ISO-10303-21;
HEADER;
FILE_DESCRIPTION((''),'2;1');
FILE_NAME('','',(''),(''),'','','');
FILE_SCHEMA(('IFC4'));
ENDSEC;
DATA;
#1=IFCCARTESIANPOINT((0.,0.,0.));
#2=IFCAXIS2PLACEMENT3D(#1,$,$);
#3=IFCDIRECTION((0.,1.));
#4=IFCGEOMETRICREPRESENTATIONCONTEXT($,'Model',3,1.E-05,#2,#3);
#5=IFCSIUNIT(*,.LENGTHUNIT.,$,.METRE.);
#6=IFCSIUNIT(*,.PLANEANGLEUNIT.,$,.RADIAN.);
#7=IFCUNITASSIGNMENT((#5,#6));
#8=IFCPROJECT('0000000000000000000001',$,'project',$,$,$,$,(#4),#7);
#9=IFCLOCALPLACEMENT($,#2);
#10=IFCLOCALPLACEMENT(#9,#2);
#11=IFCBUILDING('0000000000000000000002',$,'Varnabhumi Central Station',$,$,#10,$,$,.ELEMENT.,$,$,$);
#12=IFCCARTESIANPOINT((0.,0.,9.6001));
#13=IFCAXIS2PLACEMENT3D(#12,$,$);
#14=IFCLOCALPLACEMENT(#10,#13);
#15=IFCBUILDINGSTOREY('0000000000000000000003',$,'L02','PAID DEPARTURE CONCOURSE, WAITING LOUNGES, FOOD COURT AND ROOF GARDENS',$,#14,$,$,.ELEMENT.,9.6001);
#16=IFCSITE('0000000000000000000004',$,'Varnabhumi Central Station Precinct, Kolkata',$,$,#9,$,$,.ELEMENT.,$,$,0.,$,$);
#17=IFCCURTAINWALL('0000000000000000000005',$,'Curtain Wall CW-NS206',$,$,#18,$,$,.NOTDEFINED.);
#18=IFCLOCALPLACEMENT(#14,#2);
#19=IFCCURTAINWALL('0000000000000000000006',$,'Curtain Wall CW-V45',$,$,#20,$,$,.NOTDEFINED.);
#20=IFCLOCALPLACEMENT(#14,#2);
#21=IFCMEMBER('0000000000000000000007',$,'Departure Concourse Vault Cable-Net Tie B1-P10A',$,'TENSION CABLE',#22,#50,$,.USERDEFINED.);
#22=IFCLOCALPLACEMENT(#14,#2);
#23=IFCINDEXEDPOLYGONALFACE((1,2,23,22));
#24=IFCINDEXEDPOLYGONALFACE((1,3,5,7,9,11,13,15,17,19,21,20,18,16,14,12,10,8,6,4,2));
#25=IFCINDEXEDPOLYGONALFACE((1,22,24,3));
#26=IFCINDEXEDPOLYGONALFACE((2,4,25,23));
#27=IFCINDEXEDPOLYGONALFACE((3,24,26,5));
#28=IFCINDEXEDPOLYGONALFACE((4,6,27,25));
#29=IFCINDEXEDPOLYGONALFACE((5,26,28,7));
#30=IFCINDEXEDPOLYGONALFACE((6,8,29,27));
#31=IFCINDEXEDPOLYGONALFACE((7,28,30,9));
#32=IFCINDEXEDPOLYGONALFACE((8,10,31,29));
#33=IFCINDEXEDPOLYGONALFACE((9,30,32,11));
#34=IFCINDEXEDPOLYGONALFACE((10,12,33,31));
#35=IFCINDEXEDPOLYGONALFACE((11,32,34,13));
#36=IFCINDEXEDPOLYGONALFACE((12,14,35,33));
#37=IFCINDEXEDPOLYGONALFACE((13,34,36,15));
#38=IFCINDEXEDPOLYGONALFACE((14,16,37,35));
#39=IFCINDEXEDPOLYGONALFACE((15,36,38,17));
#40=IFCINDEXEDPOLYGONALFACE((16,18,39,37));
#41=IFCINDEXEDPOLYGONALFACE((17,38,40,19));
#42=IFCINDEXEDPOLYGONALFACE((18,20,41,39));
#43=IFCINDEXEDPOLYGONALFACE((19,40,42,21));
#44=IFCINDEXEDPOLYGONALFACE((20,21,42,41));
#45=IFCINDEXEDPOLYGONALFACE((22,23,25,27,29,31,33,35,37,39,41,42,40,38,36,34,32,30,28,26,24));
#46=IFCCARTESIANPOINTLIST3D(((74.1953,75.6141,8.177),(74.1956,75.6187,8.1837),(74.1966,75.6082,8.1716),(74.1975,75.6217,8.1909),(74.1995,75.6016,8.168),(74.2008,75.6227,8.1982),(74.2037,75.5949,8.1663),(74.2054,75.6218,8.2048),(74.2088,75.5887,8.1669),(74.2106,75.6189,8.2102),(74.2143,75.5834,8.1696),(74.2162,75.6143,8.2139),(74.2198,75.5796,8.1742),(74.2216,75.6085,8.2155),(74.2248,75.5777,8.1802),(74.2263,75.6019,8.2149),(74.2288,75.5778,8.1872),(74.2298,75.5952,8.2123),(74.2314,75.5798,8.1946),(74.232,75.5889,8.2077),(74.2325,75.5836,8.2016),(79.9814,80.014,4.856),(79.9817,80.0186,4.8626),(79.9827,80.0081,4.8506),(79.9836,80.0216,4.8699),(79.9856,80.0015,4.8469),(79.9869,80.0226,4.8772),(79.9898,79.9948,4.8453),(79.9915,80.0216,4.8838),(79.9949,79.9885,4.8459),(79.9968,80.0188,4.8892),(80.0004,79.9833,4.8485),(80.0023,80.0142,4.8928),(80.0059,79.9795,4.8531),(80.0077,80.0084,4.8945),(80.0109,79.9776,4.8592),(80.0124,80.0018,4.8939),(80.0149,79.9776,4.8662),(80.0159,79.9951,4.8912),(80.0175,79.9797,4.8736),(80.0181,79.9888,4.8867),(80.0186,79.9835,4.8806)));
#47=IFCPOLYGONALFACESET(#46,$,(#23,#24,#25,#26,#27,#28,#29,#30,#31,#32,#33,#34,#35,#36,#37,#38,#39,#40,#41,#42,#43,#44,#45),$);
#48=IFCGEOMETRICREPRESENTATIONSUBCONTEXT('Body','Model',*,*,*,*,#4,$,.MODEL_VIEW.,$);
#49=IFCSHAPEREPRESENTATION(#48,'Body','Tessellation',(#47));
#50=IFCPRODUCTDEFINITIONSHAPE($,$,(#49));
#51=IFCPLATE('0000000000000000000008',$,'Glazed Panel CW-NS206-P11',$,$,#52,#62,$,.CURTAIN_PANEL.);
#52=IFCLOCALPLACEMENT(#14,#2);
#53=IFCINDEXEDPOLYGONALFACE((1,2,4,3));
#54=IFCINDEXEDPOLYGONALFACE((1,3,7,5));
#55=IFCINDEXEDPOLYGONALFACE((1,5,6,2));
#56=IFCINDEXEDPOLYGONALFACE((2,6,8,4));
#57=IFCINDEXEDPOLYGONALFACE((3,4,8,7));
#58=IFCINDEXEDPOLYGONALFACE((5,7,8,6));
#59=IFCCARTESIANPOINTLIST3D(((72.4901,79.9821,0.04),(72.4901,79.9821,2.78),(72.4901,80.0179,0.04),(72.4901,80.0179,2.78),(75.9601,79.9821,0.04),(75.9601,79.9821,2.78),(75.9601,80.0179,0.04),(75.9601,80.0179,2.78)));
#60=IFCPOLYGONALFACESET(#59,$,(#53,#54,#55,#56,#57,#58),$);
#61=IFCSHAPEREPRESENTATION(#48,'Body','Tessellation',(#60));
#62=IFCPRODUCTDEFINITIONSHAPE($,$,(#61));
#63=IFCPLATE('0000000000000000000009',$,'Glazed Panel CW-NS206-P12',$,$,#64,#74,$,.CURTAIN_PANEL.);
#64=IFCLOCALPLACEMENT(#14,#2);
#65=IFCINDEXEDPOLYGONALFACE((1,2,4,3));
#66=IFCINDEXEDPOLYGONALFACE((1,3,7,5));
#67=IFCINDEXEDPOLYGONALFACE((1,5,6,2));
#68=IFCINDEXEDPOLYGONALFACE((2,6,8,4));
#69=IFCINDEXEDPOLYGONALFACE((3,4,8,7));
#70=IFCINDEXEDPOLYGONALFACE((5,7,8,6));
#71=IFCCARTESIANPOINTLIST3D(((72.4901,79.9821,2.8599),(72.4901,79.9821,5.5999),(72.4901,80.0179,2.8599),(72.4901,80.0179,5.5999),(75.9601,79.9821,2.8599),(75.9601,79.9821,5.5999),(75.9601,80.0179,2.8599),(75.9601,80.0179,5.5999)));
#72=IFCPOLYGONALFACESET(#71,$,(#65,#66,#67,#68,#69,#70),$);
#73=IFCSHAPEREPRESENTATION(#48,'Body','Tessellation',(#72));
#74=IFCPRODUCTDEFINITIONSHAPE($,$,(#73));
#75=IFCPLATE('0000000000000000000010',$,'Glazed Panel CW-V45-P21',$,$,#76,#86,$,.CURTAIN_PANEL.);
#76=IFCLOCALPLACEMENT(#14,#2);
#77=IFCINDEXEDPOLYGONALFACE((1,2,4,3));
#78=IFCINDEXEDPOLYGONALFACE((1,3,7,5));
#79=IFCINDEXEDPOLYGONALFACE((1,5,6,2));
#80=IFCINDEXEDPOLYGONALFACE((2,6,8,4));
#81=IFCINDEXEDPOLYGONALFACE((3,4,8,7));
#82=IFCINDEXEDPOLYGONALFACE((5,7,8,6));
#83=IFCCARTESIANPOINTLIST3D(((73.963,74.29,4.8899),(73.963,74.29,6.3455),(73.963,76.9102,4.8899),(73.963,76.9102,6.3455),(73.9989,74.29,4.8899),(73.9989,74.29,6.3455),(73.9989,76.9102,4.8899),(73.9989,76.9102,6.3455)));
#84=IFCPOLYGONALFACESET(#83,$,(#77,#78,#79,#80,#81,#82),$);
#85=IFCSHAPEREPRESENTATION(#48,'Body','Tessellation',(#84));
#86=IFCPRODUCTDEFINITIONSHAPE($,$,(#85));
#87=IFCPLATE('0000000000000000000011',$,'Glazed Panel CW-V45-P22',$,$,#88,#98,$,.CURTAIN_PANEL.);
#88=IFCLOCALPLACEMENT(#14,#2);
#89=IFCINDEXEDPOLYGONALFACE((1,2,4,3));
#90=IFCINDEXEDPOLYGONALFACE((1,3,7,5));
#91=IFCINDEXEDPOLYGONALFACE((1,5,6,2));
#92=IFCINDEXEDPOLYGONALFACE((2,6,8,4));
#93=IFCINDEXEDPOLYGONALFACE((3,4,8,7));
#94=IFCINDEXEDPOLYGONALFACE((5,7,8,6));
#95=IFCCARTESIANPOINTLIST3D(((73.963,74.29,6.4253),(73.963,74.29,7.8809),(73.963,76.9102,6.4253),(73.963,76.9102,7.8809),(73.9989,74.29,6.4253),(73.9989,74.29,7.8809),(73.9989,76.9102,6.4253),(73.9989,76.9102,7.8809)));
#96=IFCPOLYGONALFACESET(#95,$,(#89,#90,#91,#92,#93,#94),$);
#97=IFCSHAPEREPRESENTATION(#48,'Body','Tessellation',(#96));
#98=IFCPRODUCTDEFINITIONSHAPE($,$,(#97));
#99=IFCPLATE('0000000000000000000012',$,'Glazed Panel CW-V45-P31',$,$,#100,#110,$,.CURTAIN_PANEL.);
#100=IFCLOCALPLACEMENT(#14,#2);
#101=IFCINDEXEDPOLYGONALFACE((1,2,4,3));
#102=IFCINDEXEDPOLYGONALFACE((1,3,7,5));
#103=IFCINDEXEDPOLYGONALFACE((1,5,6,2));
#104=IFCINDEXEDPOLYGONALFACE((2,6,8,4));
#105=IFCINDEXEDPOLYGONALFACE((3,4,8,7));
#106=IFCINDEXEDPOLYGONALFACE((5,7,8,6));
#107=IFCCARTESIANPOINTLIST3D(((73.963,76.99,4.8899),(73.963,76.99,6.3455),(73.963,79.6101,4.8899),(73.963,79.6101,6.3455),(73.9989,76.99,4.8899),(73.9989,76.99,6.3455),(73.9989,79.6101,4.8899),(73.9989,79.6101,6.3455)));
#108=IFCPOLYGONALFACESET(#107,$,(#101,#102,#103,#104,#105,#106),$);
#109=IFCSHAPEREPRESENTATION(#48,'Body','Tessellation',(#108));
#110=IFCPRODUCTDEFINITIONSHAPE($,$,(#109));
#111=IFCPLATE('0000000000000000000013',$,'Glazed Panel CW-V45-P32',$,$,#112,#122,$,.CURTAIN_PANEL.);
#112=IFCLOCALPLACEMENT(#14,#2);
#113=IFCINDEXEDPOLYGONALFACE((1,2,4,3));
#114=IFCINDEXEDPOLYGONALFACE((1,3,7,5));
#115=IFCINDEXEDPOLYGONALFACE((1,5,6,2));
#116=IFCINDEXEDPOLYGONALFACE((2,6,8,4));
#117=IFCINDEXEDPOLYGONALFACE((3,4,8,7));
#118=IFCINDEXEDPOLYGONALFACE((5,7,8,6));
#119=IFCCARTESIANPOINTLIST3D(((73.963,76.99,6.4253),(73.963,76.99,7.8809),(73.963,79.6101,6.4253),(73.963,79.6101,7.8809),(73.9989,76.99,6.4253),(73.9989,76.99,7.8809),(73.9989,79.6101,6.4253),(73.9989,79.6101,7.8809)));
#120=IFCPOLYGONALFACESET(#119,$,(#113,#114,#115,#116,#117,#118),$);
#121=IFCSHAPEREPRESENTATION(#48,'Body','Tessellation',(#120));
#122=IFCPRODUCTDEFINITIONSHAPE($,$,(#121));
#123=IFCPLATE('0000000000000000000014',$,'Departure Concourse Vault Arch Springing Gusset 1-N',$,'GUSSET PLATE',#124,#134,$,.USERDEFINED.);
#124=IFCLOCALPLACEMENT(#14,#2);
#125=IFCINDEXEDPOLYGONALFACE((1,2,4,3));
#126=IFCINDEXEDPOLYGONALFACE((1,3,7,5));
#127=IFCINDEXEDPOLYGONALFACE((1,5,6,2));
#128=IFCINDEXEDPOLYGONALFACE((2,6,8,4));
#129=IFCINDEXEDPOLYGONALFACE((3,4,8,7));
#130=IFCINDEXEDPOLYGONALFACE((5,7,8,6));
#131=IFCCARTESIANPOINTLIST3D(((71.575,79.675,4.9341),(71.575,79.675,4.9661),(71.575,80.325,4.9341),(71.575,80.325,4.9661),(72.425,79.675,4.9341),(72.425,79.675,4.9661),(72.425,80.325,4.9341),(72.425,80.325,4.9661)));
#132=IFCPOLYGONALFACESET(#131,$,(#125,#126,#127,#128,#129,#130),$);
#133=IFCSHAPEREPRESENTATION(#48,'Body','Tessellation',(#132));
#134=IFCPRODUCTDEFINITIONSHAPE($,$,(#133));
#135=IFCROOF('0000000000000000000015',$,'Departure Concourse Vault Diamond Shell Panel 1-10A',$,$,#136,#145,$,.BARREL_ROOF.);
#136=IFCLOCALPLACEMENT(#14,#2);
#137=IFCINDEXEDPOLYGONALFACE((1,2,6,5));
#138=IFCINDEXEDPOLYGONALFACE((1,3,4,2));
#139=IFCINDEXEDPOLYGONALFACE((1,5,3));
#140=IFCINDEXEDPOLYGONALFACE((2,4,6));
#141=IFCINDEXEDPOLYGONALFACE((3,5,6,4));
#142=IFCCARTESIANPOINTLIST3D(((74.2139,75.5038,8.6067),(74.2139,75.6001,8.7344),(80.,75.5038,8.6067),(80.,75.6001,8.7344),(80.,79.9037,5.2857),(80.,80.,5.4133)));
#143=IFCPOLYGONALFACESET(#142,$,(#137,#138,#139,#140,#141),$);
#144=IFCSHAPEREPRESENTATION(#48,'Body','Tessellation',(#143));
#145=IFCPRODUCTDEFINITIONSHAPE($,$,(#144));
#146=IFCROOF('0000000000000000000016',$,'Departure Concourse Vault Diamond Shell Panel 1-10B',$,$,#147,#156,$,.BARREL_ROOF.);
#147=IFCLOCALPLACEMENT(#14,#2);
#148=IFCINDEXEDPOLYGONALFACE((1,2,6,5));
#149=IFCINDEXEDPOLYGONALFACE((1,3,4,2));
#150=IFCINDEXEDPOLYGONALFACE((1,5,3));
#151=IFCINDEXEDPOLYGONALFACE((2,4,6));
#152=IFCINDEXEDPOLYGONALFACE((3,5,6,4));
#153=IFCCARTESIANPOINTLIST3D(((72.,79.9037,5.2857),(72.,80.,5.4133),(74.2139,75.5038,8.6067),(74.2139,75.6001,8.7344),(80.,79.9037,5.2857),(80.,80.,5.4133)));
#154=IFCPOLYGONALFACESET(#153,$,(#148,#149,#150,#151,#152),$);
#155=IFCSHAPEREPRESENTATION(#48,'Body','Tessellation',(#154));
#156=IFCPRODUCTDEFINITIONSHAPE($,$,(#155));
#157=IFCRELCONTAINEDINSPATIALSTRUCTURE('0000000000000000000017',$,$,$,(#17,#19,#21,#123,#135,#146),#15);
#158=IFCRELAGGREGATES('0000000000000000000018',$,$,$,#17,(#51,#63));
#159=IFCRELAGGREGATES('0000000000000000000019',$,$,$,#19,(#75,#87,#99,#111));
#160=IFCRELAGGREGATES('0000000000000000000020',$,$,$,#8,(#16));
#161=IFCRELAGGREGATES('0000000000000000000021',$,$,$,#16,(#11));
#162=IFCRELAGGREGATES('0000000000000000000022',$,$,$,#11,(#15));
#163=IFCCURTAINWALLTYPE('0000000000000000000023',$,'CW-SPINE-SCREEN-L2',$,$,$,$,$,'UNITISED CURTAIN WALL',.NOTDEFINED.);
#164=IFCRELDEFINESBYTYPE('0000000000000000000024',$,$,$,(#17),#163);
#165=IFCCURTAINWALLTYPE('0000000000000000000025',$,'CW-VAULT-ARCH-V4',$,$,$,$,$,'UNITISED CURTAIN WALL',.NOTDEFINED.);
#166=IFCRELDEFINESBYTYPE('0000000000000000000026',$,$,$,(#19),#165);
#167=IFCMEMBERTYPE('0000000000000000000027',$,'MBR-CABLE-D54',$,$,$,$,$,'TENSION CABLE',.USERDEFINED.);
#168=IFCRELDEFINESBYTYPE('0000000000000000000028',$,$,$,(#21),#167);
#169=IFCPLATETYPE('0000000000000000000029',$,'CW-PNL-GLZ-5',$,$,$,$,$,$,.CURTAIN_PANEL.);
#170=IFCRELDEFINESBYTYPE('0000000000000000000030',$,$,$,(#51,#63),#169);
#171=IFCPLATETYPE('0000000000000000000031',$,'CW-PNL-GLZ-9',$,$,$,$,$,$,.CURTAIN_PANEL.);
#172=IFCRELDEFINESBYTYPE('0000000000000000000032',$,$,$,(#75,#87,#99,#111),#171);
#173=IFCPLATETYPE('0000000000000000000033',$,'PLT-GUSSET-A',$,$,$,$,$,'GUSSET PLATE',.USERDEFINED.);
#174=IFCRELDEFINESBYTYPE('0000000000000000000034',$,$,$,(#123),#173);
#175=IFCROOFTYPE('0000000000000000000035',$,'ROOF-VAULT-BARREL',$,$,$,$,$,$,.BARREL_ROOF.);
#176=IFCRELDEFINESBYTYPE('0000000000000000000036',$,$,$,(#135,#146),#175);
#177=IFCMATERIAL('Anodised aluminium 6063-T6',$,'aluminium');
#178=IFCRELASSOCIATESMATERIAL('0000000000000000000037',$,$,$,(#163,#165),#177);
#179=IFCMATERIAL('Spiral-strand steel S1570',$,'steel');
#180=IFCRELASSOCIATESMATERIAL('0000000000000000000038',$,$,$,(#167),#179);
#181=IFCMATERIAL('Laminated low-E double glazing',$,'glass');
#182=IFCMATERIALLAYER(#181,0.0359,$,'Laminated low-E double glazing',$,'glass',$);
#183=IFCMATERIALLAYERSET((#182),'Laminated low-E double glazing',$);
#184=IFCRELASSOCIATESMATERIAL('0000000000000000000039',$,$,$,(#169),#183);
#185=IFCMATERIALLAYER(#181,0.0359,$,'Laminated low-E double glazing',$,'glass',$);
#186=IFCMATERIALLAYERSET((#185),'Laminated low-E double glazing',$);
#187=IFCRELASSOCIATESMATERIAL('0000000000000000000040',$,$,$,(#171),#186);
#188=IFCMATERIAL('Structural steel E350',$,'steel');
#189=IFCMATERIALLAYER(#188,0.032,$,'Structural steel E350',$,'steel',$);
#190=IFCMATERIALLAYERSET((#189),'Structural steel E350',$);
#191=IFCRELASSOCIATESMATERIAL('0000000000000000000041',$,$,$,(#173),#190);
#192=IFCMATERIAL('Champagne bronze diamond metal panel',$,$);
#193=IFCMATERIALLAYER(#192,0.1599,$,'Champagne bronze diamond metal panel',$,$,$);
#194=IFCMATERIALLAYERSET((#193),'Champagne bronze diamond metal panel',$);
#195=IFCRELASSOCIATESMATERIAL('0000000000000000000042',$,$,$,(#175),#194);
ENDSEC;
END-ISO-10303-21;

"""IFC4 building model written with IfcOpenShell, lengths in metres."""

from ifc_helpers import new_model, si_unit, direction, frame, origin, origin_2d, place, context, subcontext, project, spatial, polyline, rectangle, circle, outline, extrude, material, layer, layer_set, material_profile, profile_set, type_object, element, aggregate, save


model = new_model("IFC4")

# Units and contexts
model_context = context("Model", 3, precision=1e-05, world=origin(), true_north=direction((0.0, 1.0)))
body_context = subcontext(model_context, "Body", "Model", "MODEL_VIEW")
ifc_project = project(units=[si_unit("LENGTHUNIT", "METRE"), si_unit("PLANEANGLEUNIT", "RADIAN")], contexts=[model_context])

# Site, building, storey
site_placement = place(None, origin())
site = spatial("IfcSite", under=ifc_project, at=site_placement, Name="Varnabhumi Central Station Precinct, Kolkata", CompositionType="ELEMENT", RefElevation=0.0)
building_placement = place(site_placement, origin())
building = spatial("IfcBuilding", under=site, at=building_placement, Name="Varnabhumi Central Station", CompositionType="ELEMENT")
storey_placement = place(building_placement, frame((0.0, 0.0, 9.6001)))
storey = spatial("IfcBuildingStorey", under=building, at=storey_placement, Name="L02", Description="PAID DEPARTURE CONCOURSE, WAITING LOUNGES, FOOD COURT AND ROOF GARDENS", CompositionType="ELEMENT", Elevation=9.6001)

# Shared definitions
ifc_material_1 = material(Name="Structural steel E350", Category="steel")

# Curtain walls
ifc_material_2 = material(Name="Anodised aluminium 6063-T6", Category="aluminium")
curtain_wall_type_1 = type_object("IfcCurtainWallType", Name="CW-SPINE-SCREEN-L2", ElementType="UNITISED CURTAIN WALL", PredefinedType="NOTDEFINED", material=ifc_material_2)
curtain_wall_1_placement = place(storey_placement, origin())
curtain_wall_1 = element("IfcCurtainWall", 1, at=curtain_wall_1_placement, inside=storey, type_object=curtain_wall_type_1, Name="Curtain Wall CW-NS206", PredefinedType="NOTDEFINED")
curtain_wall_type_2 = type_object("IfcCurtainWallType", Name="CW-VAULT-ARCH-V4", ElementType="UNITISED CURTAIN WALL", PredefinedType="NOTDEFINED", material=ifc_material_2)
curtain_wall_2_placement = place(storey_placement, origin())
curtain_wall_2 = element("IfcCurtainWall", 2, at=curtain_wall_2_placement, inside=storey, type_object=curtain_wall_type_2, Name="Curtain Wall CW-V45", PredefinedType="NOTDEFINED")

# Member
ifc_material_3 = material(Name="Spiral-strand steel S1570", Category="steel")
ifc_material_profile_1 = material_profile(ifc_material_3, circle(Radius=0.0271, at=origin_2d()), Name="Spiral-strand steel S1570", Category="steel")
ifc_profile_set_1 = profile_set([ifc_material_profile_1], Name="Spiral-strand steel S1570")
member_type_1 = type_object("IfcMemberType", Name="MBR-CABLE-D54", ElementType="TENSION CABLE", PredefinedType="USERDEFINED", material=ifc_profile_set_1)
member_1_placement = place(storey_placement, frame((74.2139, 75.6001, 8.1909), z_axis=(0.724015, 0.550557, -0.41556), x_axis=(-0.605296, 0.796, 0.0)))
element("IfcMember", 3, at=member_1_placement, inside=storey, type_object=member_type_1, Name="Departure Concourse Vault Cable-Net Tie B1-P10A", ObjectType="TENSION CABLE", PredefinedType="USERDEFINED", context=body_context, shape_type="SweptSolid", body=[
    extrude(circle(Radius=0.0271, at=origin_2d()), origin(), (0.0, 0.0, 1.0), 7.9917),
])

# Plates
ifc_material_4 = material(Name="Laminated low-E double glazing", Category="glass")
ifc_layer_1 = layer(ifc_material_4, 0.0359, Name="Laminated low-E double glazing", Category="glass")
ifc_layer_set_1 = layer_set([ifc_layer_1], Name="Laminated low-E double glazing")
plate_type_1 = type_object("IfcPlateType", Name="CW-PNL-GLZ-5", PredefinedType="CURTAIN_PANEL", material=ifc_layer_set_1)
plate_1_placement = place(storey_placement, frame((74.2251, 80.0, 0.04), z_axis=(0.0, 0.0, 1.0), x_axis=(1.0, 0.0, 0.0)))
plate_1 = element("IfcPlate", 4, at=plate_1_placement, type_object=plate_type_1, Name="Glazed Panel CW-NS206-P11", PredefinedType="CURTAIN_PANEL", context=body_context, shape_type="SweptSolid", body=[
    extrude(rectangle(XDim=3.47, YDim=0.0359, at=origin_2d()), origin(), (0.0, 0.0, 1.0), 2.74),
])
plate_2_placement = place(storey_placement, frame((74.2251, 80.0, 2.8599), z_axis=(0.0, 0.0, 1.0), x_axis=(1.0, 0.0, 0.0)))
plate_2 = element("IfcPlate", 5, at=plate_2_placement, type_object=plate_type_1, Name="Glazed Panel CW-NS206-P12", PredefinedType="CURTAIN_PANEL", context=body_context, shape_type="SweptSolid", body=[
    extrude(rectangle(XDim=3.47, YDim=0.0359, at=origin_2d()), origin(), (0.0, 0.0, 1.0), 2.74),
])
aggregate(curtain_wall_1, [plate_1, plate_2])
ifc_layer_2 = layer(ifc_material_4, 0.0359, Name="Laminated low-E double glazing", Category="glass")
ifc_layer_set_2 = layer_set([ifc_layer_2], Name="Laminated low-E double glazing")
plate_type_2 = type_object("IfcPlateType", Name="CW-PNL-GLZ-9", PredefinedType="CURTAIN_PANEL", material=ifc_layer_set_2)
plate_3_placement = place(storey_placement, frame((73.981, 75.6001, 4.8899), z_axis=(0.0, 0.0, 1.0), x_axis=(0.0, 1.0, 0.0)))
plate_3 = element("IfcPlate", 6, at=plate_3_placement, type_object=plate_type_2, Name="Glazed Panel CW-V45-P21", PredefinedType="CURTAIN_PANEL", context=body_context, shape_type="SweptSolid", body=[
    extrude(rectangle(XDim=2.6201, YDim=0.0359, at=origin_2d()), origin(), (0.0, 0.0, 1.0), 1.4556),
])
plate_4_placement = place(storey_placement, frame((73.981, 75.6001, 6.4253), z_axis=(0.0, 0.0, 1.0), x_axis=(0.0, 1.0, 0.0)))
plate_4 = element("IfcPlate", 7, at=plate_4_placement, type_object=plate_type_2, Name="Glazed Panel CW-V45-P22", PredefinedType="CURTAIN_PANEL", context=body_context, shape_type="SweptSolid", body=[
    extrude(rectangle(XDim=2.6201, YDim=0.0359, at=origin_2d()), origin(), (0.0, 0.0, 1.0), 1.4556),
])
plate_5_placement = place(storey_placement, frame((73.981, 78.3, 4.8899), z_axis=(0.0, 0.0, 1.0), x_axis=(0.0, 1.0, 0.0)))
plate_5 = element("IfcPlate", 8, at=plate_5_placement, type_object=plate_type_2, Name="Glazed Panel CW-V45-P31", PredefinedType="CURTAIN_PANEL", context=body_context, shape_type="SweptSolid", body=[
    extrude(rectangle(XDim=2.6201, YDim=0.0359, at=origin_2d()), origin(), (0.0, 0.0, 1.0), 1.4556),
])
plate_6_placement = place(storey_placement, frame((73.981, 78.3, 6.4253), z_axis=(0.0, 0.0, 1.0), x_axis=(0.0, 1.0, 0.0)))
plate_6 = element("IfcPlate", 9, at=plate_6_placement, type_object=plate_type_2, Name="Glazed Panel CW-V45-P32", PredefinedType="CURTAIN_PANEL", context=body_context, shape_type="SweptSolid", body=[
    extrude(rectangle(XDim=2.6201, YDim=0.0359, at=origin_2d()), origin(), (0.0, 0.0, 1.0), 1.4556),
])
aggregate(curtain_wall_2, [plate_3, plate_4, plate_5, plate_6])
ifc_layer_3 = layer(ifc_material_1, 0.032, Name="Structural steel E350", Category="steel")
ifc_layer_set_3 = layer_set([ifc_layer_3], Name="Structural steel E350")
plate_type_3 = type_object("IfcPlateType", Name="PLT-GUSSET-A", ElementType="GUSSET PLATE", PredefinedType="USERDEFINED", material=ifc_layer_set_3)
plate_7_placement = place(storey_placement, frame((72.0, 80.0, 4.9341), z_axis=(0.0, 0.0, 1.0), x_axis=(1.0, 0.0, 0.0)))
element("IfcPlate", 10, at=plate_7_placement, inside=storey, type_object=plate_type_3, Name="Departure Concourse Vault Arch Springing Gusset 1-N", ObjectType="GUSSET PLATE", PredefinedType="USERDEFINED", context=body_context, shape_type="SweptSolid", body=[
    extrude(rectangle(XDim=0.8501, YDim=0.6499, at=origin_2d()), origin(), (0.0, 0.0, 1.0), 0.032),
])

# Roofs
ifc_material_5 = material(Name="Champagne bronze diamond metal panel")
ifc_layer_4 = layer(ifc_material_5, 0.1599, Name="Champagne bronze diamond metal panel")
ifc_layer_set_4 = layer_set([ifc_layer_4], Name="Champagne bronze diamond metal panel")
roof_type = type_object("IfcRoofType", Name="ROOF-VAULT-BARREL", PredefinedType="BARREL_ROOF", material=ifc_layer_set_4)
roof_1_placement = place(storey_placement, frame((74.2139, 75.6001, 8.7344), z_axis=(0.0, 0.602449, 0.798157), x_axis=(1.0, 0.0, 0.0)))
element("IfcRoof", 11, at=roof_1_placement, inside=storey, type_object=roof_type, Name="Departure Concourse Vault Diamond Shell Panel 1-10A", PredefinedType="BARREL_ROOF", context=body_context, shape_type="SweptSolid", body=[
    extrude(outline(polyline([(0.0, 0.0), (5.7861, 0.0), (5.7861, 5.5126), (0.0, 0.0)])), origin(), (0.0, 0.0, -1.0), 0.1599),
])
roof_2_placement = place(storey_placement, frame((74.2139, 75.6001, 8.7344), z_axis=(0.0, 0.602449, 0.798157), x_axis=(0.724015, 0.550557, -0.41556)))
element("IfcRoof", 12, at=roof_2_placement, inside=storey, type_object=roof_type, Name="Departure Concourse Vault Diamond Shell Panel 1-10B", PredefinedType="BARREL_ROOF", context=body_context, shape_type="SweptSolid", body=[
    extrude(outline(polyline([(0.0, 0.0), (7.9917, 0.0), (2.1996, 5.5183), (0.0, 0.0)])), origin(), (0.0, 0.0, -1.0), 0.1599),
])

save(model, "model.ifc")
